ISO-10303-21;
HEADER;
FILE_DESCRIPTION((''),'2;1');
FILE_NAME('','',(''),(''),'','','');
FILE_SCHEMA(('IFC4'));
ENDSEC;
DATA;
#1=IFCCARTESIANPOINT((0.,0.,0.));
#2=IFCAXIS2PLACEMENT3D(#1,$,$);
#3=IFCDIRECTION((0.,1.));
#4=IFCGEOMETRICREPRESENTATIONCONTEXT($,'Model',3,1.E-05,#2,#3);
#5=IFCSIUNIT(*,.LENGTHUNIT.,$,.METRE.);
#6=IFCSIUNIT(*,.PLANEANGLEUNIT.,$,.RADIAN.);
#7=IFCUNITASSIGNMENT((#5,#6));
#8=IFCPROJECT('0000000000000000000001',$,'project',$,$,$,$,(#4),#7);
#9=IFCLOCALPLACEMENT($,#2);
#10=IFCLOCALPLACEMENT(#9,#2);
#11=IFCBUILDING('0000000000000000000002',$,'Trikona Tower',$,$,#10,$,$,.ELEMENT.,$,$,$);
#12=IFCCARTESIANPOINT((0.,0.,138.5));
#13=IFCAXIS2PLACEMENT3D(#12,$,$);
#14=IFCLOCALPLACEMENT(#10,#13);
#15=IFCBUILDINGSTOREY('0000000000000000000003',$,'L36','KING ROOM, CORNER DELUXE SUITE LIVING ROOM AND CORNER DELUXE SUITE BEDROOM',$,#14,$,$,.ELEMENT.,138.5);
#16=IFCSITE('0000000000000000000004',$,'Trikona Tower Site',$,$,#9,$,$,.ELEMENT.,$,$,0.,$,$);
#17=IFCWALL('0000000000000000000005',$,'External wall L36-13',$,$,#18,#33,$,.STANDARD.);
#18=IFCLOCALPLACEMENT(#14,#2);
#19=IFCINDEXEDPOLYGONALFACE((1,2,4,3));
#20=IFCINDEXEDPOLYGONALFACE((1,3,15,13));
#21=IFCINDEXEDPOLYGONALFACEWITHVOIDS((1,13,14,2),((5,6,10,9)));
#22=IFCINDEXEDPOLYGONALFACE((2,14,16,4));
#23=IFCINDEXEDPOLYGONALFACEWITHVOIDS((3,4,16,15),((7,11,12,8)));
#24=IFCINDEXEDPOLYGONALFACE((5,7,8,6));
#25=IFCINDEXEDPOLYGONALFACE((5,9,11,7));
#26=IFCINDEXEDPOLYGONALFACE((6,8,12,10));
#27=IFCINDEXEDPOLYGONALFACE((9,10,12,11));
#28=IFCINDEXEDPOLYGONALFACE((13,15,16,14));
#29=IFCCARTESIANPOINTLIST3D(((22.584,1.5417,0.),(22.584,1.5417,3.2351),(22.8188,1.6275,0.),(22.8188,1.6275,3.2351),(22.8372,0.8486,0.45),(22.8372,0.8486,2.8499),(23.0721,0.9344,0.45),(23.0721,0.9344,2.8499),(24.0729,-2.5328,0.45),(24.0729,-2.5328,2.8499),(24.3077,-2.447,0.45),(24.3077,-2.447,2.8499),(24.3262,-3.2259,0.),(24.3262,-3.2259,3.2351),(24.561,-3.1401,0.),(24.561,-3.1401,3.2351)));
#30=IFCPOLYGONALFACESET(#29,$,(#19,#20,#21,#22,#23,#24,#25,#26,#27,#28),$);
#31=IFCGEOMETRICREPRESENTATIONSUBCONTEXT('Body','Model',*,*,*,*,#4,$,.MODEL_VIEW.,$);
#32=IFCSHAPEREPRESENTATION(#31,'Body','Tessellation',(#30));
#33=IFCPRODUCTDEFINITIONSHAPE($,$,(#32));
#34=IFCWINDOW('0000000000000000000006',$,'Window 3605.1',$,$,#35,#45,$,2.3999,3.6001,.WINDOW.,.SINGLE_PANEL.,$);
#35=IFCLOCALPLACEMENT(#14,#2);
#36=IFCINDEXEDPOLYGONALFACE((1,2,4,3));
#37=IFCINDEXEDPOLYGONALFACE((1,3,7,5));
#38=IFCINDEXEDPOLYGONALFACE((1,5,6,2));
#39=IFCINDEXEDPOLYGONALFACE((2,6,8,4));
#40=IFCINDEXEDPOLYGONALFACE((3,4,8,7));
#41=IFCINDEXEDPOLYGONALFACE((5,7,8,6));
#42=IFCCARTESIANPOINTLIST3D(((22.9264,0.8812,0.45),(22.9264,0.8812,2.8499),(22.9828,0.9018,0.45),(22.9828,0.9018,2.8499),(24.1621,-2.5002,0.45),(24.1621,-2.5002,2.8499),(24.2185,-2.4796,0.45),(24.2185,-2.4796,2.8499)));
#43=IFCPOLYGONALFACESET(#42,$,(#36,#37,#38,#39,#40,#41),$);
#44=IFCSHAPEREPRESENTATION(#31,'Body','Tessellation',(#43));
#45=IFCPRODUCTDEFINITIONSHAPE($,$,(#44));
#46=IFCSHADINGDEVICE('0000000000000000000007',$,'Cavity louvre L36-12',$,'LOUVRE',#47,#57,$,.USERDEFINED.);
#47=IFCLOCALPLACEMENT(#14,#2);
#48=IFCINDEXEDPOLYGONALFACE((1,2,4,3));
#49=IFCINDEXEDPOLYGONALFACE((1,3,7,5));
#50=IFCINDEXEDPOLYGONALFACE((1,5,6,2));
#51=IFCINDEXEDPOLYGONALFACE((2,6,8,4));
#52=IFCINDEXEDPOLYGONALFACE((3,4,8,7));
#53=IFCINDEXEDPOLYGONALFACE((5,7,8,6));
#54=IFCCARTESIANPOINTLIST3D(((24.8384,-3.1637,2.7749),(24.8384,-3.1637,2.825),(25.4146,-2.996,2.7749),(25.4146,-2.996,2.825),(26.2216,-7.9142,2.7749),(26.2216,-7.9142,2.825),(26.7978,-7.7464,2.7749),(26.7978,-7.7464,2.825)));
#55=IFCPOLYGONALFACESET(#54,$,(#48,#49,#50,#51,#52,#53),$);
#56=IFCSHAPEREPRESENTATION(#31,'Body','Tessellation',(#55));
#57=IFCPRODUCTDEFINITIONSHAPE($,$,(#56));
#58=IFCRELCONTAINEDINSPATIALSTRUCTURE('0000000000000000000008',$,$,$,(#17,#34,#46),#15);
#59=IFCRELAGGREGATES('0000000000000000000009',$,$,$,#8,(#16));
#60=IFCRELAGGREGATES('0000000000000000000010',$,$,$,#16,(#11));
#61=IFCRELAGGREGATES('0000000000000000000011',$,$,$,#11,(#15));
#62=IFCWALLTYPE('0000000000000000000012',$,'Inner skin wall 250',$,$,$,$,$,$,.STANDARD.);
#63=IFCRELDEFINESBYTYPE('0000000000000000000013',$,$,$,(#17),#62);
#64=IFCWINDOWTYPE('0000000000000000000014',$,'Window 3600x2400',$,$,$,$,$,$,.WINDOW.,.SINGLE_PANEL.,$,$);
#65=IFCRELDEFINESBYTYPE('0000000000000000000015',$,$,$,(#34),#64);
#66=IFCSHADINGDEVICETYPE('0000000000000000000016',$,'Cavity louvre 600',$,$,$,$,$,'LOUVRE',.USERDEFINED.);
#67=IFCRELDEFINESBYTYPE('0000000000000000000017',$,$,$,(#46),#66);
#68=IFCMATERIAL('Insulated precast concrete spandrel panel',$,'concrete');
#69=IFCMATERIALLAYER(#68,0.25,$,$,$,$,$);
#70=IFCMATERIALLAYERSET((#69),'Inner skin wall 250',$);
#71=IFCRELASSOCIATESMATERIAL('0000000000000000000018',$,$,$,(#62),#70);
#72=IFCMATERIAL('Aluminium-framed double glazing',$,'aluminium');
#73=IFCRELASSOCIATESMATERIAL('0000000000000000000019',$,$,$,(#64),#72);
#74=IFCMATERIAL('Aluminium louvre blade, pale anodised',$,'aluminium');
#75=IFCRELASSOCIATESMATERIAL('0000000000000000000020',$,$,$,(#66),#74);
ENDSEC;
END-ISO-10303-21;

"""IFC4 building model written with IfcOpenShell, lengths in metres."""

from ifc_helpers import new_model, si_unit, direction, frame, frame_2d, origin, origin_2d, place, context, subcontext, project, spatial, rectangle, extrude, material, layer, layer_set, type_object, element, fill, save


model = new_model("IFC4")

# Units and contexts
model_context = context("Model", 3, precision=1e-05, world=origin(), true_north=direction((0.0, 1.0)))
body_context = subcontext(model_context, "Body", "Model", "MODEL_VIEW")
ifc_project = project(units=[si_unit("LENGTHUNIT", "METRE"), si_unit("PLANEANGLEUNIT", "RADIAN")], contexts=[model_context])

# Site, building, storey
site_placement = place(None, origin())
site = spatial("IfcSite", under=ifc_project, at=site_placement, Name="Trikona Tower Site", CompositionType="ELEMENT", RefElevation=0.0)
building_placement = place(site_placement, origin())
building = spatial("IfcBuilding", under=site, at=building_placement, Name="Trikona Tower", CompositionType="ELEMENT")
storey_placement = place(building_placement, frame((0.0, 0.0, 138.5)))
storey = spatial("IfcBuildingStorey", under=building, at=storey_placement, Name="L36", Description="KING ROOM, CORNER DELUXE SUITE LIVING ROOM AND CORNER DELUXE SUITE BEDROOM", CompositionType="ELEMENT", Elevation=138.5)

# Wall, opening, window
ifc_material_1 = material(Name="Insulated precast concrete spandrel panel", Category="concrete")
ifc_layer_1 = layer(ifc_material_1, 0.25)
ifc_layer_set_1 = layer_set([ifc_layer_1], Name="Inner skin wall 250")
wall_type = type_object("IfcWallType", Name="Inner skin wall 250", PredefinedType="STANDARD", material=ifc_layer_set_1)
ifc_material_2 = material(Name="Aluminium-framed double glazing", Category="aluminium")
window_type = type_object("IfcWindowType", Name="Window 3600x2400", PartitioningType="SINGLE_PANEL", PredefinedType="WINDOW", material=ifc_material_2)
wall_1_placement = place(storey_placement, frame((24.4436, -3.1831, 0.0), z_axis=(0.0, 0.0, 1.0), x_axis=(-0.343226, 0.939253, 0.0)))
wall_1 = element("IfcWall", 1, at=wall_1_placement, inside=storey, type_object=wall_type, Name="External wall L36-13", PredefinedType="STANDARD", context=body_context, shape_type="SweptSolid", body=[
    extrude(rectangle(XDim=5.0759, YDim=0.25, at=frame_2d((2.5381, 0.0))), origin(), (0.0, 0.0, 1.0), 3.2351),
])
opening_1_placement = place(wall_1_placement, frame((0.738, 0.0, 0.45)))
opening_1 = element("IfcOpeningElement", 2, at=opening_1_placement, cuts=wall_1, PredefinedType="OPENING", context=body_context, shape_type="SweptSolid", body=[
    extrude(rectangle(XDim=3.6001, YDim=2.3999, at=frame_2d((1.8, 1.2))), frame((0.0, 0.135, 0.0), z_axis=(0.0, -1.0, 0.0), x_axis=(1.0, 0.0, 0.0)), (0.0, 0.0, 1.0), 0.27),
])
window_1_placement = place(opening_1_placement, origin())
window_1 = element("IfcWindow", 3, at=window_1_placement, inside=storey, type_object=window_type, Name="Window 3605.1", OverallHeight=2.3999, OverallWidth=3.6001, PartitioningType="SINGLE_PANEL", PredefinedType="WINDOW", context=body_context, shape_type="SweptSolid", body=[
    extrude(rectangle(XDim=3.6001, YDim=2.3999, at=frame_2d((1.8, 1.2))), frame((0.0, 0.03, 0.0), z_axis=(0.0, -1.0, 0.0), x_axis=(1.0, 0.0, 0.0)), (0.0, 0.0, 1.0), 0.0601),
])
fill(opening_1, window_1)

# Shading device
ifc_material_3 = material(Name="Aluminium louvre blade, pale anodised", Category="aluminium")
shading_device_type = type_object("IfcShadingDeviceType", Name="Cavity louvre 600", ElementType="LOUVRE", PredefinedType="USERDEFINED", material=ifc_material_3)
shading_device_placement = place(storey_placement, frame((25.8181, -5.4551, 2.7749), z_axis=(0.0, 0.0, 1.0), x_axis=(-0.279554, 0.96013, 0.0)))
element("IfcShadingDevice", 4, at=shading_device_placement, inside=storey, type_object=shading_device_type, Name="Cavity louvre L36-12", ObjectType="LOUVRE", PredefinedType="USERDEFINED", context=body_context, shape_type="SweptSolid", body=[
    extrude(rectangle(XDim=4.9478, YDim=0.6001, at=origin_2d()), origin(), (0.0, 0.0, 1.0), 0.05),
])

save(model, "model.ifc")
